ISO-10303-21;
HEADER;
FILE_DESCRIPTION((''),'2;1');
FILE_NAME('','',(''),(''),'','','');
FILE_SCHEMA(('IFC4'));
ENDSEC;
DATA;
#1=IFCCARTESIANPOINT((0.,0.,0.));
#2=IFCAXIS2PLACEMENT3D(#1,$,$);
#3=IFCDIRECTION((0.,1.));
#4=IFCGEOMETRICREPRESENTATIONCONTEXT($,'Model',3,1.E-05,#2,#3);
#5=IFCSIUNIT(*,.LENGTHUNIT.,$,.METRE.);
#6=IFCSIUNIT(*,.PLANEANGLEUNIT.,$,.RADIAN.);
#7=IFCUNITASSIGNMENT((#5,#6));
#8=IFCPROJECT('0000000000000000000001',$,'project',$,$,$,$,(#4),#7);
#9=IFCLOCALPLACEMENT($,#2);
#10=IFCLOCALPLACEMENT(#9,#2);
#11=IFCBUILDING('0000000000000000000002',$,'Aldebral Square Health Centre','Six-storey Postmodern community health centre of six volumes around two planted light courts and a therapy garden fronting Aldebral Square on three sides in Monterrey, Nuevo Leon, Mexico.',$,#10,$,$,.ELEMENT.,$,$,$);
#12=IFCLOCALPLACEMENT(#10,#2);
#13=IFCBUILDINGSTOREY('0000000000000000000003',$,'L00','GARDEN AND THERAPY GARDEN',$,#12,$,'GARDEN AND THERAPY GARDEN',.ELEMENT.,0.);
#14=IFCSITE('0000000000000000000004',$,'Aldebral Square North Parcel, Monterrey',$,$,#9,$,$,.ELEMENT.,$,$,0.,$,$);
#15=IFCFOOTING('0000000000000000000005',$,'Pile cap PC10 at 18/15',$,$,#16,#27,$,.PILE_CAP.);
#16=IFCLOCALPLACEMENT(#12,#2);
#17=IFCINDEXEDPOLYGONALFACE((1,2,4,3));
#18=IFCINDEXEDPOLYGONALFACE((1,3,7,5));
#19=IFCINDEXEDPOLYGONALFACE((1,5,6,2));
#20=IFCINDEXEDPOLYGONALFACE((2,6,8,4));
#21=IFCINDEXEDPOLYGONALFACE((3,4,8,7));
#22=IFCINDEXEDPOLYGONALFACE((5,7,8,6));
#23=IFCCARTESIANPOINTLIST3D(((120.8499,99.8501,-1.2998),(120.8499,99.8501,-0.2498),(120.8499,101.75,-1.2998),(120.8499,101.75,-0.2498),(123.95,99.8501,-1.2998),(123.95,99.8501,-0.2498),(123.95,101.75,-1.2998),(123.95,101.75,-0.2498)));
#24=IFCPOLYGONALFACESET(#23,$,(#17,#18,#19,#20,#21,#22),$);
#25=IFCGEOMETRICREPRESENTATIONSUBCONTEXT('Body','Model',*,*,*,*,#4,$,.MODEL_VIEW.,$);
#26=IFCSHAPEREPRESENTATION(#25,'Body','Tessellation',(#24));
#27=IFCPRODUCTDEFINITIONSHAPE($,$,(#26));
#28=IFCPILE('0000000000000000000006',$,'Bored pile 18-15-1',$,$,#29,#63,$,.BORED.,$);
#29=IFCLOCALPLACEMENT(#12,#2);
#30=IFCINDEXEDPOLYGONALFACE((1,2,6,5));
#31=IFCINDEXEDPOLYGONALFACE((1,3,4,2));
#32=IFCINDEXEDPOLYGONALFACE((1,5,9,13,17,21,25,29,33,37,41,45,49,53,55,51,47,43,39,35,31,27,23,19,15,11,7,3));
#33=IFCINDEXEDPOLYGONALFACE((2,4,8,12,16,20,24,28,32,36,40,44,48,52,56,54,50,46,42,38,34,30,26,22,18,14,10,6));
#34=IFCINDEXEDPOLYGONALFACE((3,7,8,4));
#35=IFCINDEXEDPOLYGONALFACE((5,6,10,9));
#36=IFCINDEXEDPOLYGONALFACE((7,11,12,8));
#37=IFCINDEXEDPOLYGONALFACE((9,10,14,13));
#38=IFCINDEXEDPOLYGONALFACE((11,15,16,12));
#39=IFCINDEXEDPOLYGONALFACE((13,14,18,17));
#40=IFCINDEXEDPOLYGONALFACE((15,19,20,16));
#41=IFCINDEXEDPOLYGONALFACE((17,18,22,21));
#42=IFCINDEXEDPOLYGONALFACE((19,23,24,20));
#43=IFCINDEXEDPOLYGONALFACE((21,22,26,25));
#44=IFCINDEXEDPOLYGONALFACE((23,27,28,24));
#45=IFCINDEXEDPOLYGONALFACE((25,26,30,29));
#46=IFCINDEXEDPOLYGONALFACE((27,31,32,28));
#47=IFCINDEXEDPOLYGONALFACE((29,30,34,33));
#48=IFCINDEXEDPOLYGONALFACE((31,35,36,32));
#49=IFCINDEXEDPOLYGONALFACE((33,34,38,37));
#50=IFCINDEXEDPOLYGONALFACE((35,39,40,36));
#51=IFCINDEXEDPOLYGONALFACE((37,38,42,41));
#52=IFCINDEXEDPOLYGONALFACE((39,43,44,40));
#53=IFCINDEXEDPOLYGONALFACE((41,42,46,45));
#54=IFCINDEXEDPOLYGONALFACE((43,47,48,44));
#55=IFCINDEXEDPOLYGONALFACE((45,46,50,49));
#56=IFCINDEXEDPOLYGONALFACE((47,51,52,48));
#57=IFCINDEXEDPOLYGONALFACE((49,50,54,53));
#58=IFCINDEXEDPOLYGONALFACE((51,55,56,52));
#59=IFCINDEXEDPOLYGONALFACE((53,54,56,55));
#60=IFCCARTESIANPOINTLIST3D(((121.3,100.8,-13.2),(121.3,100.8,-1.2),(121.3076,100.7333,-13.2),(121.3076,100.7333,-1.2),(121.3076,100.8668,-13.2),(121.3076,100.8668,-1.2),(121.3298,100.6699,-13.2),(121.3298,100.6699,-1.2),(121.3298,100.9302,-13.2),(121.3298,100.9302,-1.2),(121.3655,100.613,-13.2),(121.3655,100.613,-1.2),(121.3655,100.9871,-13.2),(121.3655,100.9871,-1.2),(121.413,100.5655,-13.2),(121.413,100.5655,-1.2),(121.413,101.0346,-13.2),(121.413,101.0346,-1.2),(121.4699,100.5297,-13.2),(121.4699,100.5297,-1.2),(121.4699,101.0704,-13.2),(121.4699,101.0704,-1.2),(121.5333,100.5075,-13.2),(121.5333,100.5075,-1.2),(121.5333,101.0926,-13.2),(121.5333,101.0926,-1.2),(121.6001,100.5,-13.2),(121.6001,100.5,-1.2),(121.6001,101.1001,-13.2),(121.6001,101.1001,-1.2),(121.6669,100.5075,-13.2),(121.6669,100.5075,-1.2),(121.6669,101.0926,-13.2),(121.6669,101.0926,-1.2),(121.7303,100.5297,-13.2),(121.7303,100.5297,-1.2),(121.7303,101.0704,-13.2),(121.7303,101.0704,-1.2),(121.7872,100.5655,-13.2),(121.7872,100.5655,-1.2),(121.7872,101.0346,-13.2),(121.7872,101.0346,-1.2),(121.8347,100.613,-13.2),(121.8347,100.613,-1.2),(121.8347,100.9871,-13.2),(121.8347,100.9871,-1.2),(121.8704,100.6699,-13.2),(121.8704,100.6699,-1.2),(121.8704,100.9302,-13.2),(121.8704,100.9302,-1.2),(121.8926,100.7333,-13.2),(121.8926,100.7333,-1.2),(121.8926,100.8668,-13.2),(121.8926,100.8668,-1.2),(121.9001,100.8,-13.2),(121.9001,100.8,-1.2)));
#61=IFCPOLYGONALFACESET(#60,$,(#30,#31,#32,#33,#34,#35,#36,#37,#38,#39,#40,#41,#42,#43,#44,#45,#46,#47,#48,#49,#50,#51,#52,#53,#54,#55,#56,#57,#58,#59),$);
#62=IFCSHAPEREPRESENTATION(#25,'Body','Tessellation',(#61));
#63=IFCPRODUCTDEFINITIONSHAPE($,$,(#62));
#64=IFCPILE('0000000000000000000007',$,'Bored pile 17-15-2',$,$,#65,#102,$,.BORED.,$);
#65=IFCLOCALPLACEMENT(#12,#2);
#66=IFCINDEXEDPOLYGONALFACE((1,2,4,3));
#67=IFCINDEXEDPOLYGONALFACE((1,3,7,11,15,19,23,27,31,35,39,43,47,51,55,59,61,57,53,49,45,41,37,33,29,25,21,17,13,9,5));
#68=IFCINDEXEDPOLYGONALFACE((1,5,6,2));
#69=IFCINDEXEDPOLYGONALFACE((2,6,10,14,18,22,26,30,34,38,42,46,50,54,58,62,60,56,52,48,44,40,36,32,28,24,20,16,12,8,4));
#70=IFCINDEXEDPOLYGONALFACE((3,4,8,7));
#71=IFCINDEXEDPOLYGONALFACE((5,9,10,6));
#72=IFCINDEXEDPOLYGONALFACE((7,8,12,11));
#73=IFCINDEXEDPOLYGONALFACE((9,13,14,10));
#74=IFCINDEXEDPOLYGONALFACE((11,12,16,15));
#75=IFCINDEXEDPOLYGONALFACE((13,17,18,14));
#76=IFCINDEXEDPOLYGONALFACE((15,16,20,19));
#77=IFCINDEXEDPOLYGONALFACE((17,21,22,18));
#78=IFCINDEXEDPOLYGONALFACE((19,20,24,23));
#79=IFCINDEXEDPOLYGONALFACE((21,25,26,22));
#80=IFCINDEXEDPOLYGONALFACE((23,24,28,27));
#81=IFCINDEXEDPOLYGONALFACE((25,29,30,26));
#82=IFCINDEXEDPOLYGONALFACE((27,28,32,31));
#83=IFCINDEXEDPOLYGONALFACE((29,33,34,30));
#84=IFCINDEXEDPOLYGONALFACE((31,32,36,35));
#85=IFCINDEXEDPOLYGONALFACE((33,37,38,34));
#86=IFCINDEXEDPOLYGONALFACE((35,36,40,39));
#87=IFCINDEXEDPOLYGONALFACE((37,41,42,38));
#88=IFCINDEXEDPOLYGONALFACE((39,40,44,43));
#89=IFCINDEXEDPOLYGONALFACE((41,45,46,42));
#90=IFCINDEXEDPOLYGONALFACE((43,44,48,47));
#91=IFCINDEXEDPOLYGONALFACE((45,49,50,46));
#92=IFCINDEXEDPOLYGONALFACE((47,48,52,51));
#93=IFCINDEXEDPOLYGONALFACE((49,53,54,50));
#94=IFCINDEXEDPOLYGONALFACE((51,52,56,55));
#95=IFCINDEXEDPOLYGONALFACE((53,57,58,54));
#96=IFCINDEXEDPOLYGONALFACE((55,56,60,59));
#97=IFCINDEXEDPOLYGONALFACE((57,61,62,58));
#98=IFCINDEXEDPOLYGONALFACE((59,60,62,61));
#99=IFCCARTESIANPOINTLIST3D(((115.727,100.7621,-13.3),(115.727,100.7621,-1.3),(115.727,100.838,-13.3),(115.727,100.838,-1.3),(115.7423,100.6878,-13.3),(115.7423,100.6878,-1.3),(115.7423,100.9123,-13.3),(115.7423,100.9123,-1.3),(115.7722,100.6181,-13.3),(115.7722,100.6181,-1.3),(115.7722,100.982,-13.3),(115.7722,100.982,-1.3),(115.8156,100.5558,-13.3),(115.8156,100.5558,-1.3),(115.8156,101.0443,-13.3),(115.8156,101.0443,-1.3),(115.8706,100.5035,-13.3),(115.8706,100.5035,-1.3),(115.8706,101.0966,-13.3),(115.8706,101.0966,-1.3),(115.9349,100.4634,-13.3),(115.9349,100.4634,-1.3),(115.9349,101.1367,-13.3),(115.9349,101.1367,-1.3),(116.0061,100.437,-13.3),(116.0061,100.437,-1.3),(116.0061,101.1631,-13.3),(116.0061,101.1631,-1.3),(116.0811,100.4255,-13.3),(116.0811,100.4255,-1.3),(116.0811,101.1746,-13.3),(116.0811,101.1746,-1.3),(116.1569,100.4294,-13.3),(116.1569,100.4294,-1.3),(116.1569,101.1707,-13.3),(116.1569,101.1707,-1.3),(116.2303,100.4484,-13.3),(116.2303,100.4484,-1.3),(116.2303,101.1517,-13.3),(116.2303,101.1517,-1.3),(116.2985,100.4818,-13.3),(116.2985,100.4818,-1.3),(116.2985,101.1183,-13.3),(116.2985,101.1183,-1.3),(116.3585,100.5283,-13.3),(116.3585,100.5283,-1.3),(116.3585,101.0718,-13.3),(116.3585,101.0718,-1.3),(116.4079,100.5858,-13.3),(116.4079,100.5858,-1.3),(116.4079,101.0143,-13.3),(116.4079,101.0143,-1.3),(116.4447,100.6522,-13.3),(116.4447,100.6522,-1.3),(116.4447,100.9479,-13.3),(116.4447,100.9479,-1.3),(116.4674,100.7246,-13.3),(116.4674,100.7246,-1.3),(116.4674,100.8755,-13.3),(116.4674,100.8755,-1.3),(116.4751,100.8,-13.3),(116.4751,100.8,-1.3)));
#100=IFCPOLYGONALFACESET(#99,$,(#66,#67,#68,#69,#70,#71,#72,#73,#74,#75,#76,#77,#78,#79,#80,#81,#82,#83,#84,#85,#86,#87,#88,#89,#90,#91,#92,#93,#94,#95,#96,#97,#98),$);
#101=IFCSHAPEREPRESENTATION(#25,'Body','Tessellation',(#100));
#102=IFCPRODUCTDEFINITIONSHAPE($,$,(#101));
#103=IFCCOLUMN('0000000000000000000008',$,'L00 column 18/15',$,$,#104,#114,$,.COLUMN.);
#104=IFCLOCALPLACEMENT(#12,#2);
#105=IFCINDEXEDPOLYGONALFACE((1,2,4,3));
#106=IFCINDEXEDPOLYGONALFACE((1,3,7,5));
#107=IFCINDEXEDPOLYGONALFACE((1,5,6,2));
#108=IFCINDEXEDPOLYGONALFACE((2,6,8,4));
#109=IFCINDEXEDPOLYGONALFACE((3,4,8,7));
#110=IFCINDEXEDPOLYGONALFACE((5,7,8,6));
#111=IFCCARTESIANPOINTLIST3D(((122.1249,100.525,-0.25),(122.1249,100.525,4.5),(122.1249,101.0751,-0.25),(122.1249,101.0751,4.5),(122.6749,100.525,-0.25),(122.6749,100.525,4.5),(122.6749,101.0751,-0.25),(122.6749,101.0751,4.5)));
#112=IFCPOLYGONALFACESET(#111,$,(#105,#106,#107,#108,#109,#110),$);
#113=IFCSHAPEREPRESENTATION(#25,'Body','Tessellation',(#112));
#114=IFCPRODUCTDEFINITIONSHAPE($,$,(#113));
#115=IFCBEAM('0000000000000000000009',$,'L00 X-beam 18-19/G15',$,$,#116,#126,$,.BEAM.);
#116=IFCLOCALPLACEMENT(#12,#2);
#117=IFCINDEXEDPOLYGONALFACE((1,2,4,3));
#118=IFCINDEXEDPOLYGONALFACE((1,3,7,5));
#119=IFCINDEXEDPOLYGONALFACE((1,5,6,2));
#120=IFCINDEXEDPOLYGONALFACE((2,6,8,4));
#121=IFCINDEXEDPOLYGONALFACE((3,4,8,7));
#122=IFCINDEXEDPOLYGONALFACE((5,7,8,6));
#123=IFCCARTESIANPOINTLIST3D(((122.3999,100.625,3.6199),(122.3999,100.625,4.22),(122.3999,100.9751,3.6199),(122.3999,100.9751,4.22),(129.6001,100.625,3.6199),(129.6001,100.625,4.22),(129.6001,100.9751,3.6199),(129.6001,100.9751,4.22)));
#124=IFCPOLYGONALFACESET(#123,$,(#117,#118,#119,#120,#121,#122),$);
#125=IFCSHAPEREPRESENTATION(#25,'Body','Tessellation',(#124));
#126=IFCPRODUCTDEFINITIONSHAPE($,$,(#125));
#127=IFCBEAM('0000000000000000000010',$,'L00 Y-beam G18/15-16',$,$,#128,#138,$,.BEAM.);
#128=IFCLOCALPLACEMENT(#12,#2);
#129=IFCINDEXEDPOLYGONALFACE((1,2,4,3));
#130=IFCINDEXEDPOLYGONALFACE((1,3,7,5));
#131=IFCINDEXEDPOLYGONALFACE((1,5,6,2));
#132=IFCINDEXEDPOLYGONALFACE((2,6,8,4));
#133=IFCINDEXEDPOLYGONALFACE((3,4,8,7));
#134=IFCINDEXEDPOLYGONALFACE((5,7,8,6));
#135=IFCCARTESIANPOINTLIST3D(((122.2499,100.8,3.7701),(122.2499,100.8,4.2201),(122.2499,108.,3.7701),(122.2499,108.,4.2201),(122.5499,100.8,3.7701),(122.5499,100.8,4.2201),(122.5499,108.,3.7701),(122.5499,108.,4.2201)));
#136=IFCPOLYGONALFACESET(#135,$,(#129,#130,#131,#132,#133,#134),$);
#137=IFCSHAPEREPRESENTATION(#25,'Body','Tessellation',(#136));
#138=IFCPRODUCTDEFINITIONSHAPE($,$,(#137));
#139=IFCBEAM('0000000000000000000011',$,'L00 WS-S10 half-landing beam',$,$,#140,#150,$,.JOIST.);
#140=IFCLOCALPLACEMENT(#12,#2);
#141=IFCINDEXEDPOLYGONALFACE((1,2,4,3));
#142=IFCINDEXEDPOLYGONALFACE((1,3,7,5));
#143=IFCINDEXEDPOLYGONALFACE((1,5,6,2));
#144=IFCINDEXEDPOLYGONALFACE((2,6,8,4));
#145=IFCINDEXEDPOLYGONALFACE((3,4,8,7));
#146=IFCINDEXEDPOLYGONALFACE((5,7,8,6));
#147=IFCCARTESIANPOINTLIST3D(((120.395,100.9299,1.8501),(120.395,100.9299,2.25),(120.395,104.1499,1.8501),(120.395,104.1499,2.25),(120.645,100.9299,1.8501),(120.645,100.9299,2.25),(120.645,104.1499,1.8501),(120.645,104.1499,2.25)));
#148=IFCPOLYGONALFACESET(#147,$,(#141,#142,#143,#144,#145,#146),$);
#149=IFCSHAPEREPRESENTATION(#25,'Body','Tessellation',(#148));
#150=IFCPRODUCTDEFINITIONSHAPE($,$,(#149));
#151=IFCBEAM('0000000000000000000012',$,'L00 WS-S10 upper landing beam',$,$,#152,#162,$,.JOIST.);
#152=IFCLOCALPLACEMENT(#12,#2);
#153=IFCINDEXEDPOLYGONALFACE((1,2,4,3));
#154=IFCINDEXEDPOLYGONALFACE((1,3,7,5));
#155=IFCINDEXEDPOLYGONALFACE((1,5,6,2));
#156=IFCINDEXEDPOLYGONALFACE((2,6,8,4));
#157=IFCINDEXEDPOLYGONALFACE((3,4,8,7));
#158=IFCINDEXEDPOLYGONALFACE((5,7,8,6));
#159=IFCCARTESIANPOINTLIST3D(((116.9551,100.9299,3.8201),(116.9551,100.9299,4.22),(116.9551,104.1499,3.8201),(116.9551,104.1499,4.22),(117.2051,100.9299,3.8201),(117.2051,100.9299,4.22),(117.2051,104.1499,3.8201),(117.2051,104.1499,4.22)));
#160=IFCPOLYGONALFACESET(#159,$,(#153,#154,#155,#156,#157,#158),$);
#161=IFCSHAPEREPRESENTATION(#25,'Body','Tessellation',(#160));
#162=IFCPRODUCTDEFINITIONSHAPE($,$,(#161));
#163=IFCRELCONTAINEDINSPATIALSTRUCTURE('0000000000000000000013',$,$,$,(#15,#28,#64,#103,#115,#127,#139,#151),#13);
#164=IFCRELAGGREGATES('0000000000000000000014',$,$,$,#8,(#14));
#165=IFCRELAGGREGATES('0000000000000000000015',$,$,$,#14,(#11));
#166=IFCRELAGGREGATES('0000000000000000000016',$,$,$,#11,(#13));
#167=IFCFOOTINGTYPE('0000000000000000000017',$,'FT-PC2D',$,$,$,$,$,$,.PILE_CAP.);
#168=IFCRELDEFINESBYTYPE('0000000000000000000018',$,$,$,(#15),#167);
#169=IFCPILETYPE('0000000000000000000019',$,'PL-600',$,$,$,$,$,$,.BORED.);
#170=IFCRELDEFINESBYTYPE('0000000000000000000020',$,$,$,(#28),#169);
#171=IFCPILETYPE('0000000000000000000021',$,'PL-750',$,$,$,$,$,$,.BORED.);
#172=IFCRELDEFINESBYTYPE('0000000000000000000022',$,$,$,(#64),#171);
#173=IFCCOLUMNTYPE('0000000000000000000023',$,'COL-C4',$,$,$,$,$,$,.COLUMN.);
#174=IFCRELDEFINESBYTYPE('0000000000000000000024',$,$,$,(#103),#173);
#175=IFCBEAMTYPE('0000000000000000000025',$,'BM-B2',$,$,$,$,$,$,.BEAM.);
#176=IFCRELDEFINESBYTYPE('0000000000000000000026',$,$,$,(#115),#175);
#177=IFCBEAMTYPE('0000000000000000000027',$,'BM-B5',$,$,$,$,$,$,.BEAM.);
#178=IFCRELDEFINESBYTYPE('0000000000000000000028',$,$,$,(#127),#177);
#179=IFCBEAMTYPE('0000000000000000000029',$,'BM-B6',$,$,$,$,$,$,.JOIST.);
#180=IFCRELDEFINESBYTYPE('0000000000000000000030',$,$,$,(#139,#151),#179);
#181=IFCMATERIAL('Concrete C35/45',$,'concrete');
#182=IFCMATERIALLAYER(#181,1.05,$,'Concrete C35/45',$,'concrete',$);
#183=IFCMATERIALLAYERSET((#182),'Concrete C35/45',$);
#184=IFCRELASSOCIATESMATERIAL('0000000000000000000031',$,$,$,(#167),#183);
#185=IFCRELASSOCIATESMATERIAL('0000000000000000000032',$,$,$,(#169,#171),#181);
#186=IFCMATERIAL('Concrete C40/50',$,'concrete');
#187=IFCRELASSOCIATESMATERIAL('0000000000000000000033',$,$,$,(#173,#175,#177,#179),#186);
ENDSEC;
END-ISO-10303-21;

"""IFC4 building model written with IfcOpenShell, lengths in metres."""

from ifc_helpers import new_model, si_unit, direction, frame, origin, origin_2d, place, context, subcontext, project, spatial, rectangle, circle, extrude, material, layer, layer_set, material_profile, profile_set, type_object, element, save


model = new_model("IFC4")

# Units and contexts
model_context = context("Model", 3, precision=1e-05, world=origin(), true_north=direction((0.0, 1.0)))
body_context = subcontext(model_context, "Body", "Model", "MODEL_VIEW")
ifc_project = project(units=[si_unit("LENGTHUNIT", "METRE"), si_unit("PLANEANGLEUNIT", "RADIAN")], contexts=[model_context])

# Site, building, storey
site_placement = place(None, origin())
site = spatial("IfcSite", under=ifc_project, at=site_placement, Name="Aldebral Square North Parcel, Monterrey", CompositionType="ELEMENT", RefElevation=0.0)
building_placement = place(site_placement, origin())
building = spatial("IfcBuilding", under=site, at=building_placement, Name="Aldebral Square Health Centre", Description="Six-storey Postmodern community health centre of six volumes around two planted light courts and a therapy garden fronting Aldebral Square on three sides in Monterrey, Nuevo Leon, Mexico.", CompositionType="ELEMENT")
storey_placement = place(building_placement, origin())
storey = spatial("IfcBuildingStorey", under=building, at=storey_placement, Name="L00", Description="GARDEN AND THERAPY GARDEN", LongName="GARDEN AND THERAPY GARDEN", CompositionType="ELEMENT", Elevation=0.0)

# Footing
ifc_material_1 = material(Name="Concrete C35/45", Category="concrete")
ifc_layer_1 = layer(ifc_material_1, 1.05, Name="Concrete C35/45", Category="concrete")
ifc_layer_set_1 = layer_set([ifc_layer_1], Name="Concrete C35/45")
footing_type = type_object("IfcFootingType", Name="FT-PC2D", PredefinedType="PILE_CAP", material=ifc_layer_set_1)
footing_placement = place(storey_placement, frame((122.3999, 100.8, -1.2998), z_axis=(0.0, 0.0, 1.0), x_axis=(1.0, 0.0, 0.0)))
element("IfcFooting", 1, at=footing_placement, inside=storey, type_object=footing_type, Name="Pile cap PC10 at 18/15", PredefinedType="PILE_CAP", context=body_context, shape_type="SweptSolid", body=[
    extrude(rectangle(XDim=3.1001, YDim=1.8999, at=origin_2d()), origin(), (0.0, 0.0, 1.0), 1.05),
])

# Piles
ifc_material_profile_1 = material_profile(ifc_material_1, circle(Radius=0.3, at=origin_2d()), Name="PILE D600")
ifc_profile_set_1 = profile_set([ifc_material_profile_1], Name="Concrete C35/45")
pile_type_1 = type_object("IfcPileType", Name="PL-600", PredefinedType="BORED", material=ifc_profile_set_1)
pile_1_placement = place(storey_placement, frame((121.6001, 100.8, -1.2), z_axis=(0.0, 0.0, -1.0), x_axis=(1.0, 0.0, 0.0)))
element("IfcPile", 2, at=pile_1_placement, inside=storey, type_object=pile_type_1, Name="Bored pile 18-15-1", PredefinedType="BORED", context=body_context, shape_type="SweptSolid", body=[
    extrude(circle(Radius=0.3, at=origin_2d()), origin(), (0.0, 0.0, 1.0), 12.0),
])
ifc_material_profile_2 = material_profile(ifc_material_1, circle(Radius=0.375, at=origin_2d()), Name="PILE D750")
ifc_profile_set_2 = profile_set([ifc_material_profile_2], Name="Concrete C35/45")
pile_type_2 = type_object("IfcPileType", Name="PL-750", PredefinedType="BORED", material=ifc_profile_set_2)
pile_2_placement = place(storey_placement, frame((116.1001, 100.8, -1.3), z_axis=(0.0, 0.0, -1.0), x_axis=(1.0, 0.0, 0.0)))
element("IfcPile", 3, at=pile_2_placement, inside=storey, type_object=pile_type_2, Name="Bored pile 17-15-2", PredefinedType="BORED", context=body_context, shape_type="SweptSolid", body=[
    extrude(circle(Radius=0.375, at=origin_2d()), origin(), (0.0, 0.0, 1.0), 12.0),
])

# Column
ifc_material_2 = material(Name="Concrete C40/50", Category="concrete")
ifc_material_profile_3 = material_profile(ifc_material_2, rectangle(XDim=0.55, YDim=0.55, at=origin_2d()), Name="RC 550x550")
ifc_profile_set_3 = profile_set([ifc_material_profile_3], Name="Concrete C40/50")
column_type = type_object("IfcColumnType", Name="COL-C4", PredefinedType="COLUMN", material=ifc_profile_set_3)
column_placement = place(storey_placement, frame((122.3999, 100.8, -0.25), z_axis=(0.0, 0.0, 1.0), x_axis=(1.0, 0.0, 0.0)))
element("IfcColumn", 4, at=column_placement, inside=storey, type_object=column_type, Name="L00 column 18/15", PredefinedType="COLUMN", context=body_context, shape_type="SweptSolid", body=[
    extrude(rectangle(XDim=0.55, YDim=0.55, at=origin_2d()), origin(), (0.0, 0.0, 1.0), 4.75),
])

# Beams
ifc_material_profile_4 = material_profile(ifc_material_2, rectangle(XDim=0.3501, YDim=0.6001, at=origin_2d()), Name="RC 350x600")
ifc_profile_set_4 = profile_set([ifc_material_profile_4], Name="Concrete C40/50")
beam_type_1 = type_object("IfcBeamType", Name="BM-B2", PredefinedType="BEAM", material=ifc_profile_set_4)
beam_1_placement = place(storey_placement, frame((122.3999, 100.8, 3.9199), z_axis=(1.0, 0.0, 0.0), x_axis=(0.0, 1.0, 0.0)))
element("IfcBeam", 5, at=beam_1_placement, inside=storey, type_object=beam_type_1, Name="L00 X-beam 18-19/G15", PredefinedType="BEAM", context=body_context, shape_type="SweptSolid", body=[
    extrude(rectangle(XDim=0.3501, YDim=0.6001, at=origin_2d()), origin(), (0.0, 0.0, 1.0), 7.2002),
])
ifc_material_profile_5 = material_profile(ifc_material_2, rectangle(XDim=0.3, YDim=0.45, at=origin_2d()), Name="RC 300x450")
ifc_profile_set_5 = profile_set([ifc_material_profile_5], Name="Concrete C40/50")
beam_type_2 = type_object("IfcBeamType", Name="BM-B5", PredefinedType="BEAM", material=ifc_profile_set_5)
beam_2_placement = place(storey_placement, frame((122.3999, 100.8, 3.9951), z_axis=(0.0, 1.0, 0.0), x_axis=(-1.0, 0.0, 0.0)))
element("IfcBeam", 6, at=beam_2_placement, inside=storey, type_object=beam_type_2, Name="L00 Y-beam G18/15-16", PredefinedType="BEAM", context=body_context, shape_type="SweptSolid", body=[
    extrude(rectangle(XDim=0.3, YDim=0.45, at=origin_2d()), origin(), (0.0, 0.0, 1.0), 7.2),
])
ifc_material_profile_6 = material_profile(ifc_material_2, rectangle(XDim=0.25, YDim=0.3999, at=origin_2d()), Name="RC 250x400")
ifc_profile_set_6 = profile_set([ifc_material_profile_6], Name="Concrete C40/50")
beam_type_3 = type_object("IfcBeamType", Name="BM-B6", PredefinedType="JOIST", material=ifc_profile_set_6)
for number, where, z_axis, x_axis, name in (
    (7, (120.52, 100.9299, 2.05), (0.0, 1.0, 0.0), (-1.0, 0.0, 0.0), "L00 WS-S10 half-landing beam"),
    (8, (117.0801, 100.9299, 4.02), (0.0, 1.0, 0.0), (-1.0, 0.0, 0.0), "L00 WS-S10 upper landing beam"),
):
    element("IfcBeam", number, at=place(storey_placement, frame(where, z_axis=z_axis, x_axis=x_axis)), inside=storey, type_object=beam_type_3, Name=name, PredefinedType="JOIST", context=body_context, shape_type="SweptSolid", body=[
        extrude(rectangle(XDim=0.25, YDim=0.3999, at=origin_2d()), origin(), (0.0, 0.0, 1.0), 3.22),
    ])

save(model, "model.ifc")
